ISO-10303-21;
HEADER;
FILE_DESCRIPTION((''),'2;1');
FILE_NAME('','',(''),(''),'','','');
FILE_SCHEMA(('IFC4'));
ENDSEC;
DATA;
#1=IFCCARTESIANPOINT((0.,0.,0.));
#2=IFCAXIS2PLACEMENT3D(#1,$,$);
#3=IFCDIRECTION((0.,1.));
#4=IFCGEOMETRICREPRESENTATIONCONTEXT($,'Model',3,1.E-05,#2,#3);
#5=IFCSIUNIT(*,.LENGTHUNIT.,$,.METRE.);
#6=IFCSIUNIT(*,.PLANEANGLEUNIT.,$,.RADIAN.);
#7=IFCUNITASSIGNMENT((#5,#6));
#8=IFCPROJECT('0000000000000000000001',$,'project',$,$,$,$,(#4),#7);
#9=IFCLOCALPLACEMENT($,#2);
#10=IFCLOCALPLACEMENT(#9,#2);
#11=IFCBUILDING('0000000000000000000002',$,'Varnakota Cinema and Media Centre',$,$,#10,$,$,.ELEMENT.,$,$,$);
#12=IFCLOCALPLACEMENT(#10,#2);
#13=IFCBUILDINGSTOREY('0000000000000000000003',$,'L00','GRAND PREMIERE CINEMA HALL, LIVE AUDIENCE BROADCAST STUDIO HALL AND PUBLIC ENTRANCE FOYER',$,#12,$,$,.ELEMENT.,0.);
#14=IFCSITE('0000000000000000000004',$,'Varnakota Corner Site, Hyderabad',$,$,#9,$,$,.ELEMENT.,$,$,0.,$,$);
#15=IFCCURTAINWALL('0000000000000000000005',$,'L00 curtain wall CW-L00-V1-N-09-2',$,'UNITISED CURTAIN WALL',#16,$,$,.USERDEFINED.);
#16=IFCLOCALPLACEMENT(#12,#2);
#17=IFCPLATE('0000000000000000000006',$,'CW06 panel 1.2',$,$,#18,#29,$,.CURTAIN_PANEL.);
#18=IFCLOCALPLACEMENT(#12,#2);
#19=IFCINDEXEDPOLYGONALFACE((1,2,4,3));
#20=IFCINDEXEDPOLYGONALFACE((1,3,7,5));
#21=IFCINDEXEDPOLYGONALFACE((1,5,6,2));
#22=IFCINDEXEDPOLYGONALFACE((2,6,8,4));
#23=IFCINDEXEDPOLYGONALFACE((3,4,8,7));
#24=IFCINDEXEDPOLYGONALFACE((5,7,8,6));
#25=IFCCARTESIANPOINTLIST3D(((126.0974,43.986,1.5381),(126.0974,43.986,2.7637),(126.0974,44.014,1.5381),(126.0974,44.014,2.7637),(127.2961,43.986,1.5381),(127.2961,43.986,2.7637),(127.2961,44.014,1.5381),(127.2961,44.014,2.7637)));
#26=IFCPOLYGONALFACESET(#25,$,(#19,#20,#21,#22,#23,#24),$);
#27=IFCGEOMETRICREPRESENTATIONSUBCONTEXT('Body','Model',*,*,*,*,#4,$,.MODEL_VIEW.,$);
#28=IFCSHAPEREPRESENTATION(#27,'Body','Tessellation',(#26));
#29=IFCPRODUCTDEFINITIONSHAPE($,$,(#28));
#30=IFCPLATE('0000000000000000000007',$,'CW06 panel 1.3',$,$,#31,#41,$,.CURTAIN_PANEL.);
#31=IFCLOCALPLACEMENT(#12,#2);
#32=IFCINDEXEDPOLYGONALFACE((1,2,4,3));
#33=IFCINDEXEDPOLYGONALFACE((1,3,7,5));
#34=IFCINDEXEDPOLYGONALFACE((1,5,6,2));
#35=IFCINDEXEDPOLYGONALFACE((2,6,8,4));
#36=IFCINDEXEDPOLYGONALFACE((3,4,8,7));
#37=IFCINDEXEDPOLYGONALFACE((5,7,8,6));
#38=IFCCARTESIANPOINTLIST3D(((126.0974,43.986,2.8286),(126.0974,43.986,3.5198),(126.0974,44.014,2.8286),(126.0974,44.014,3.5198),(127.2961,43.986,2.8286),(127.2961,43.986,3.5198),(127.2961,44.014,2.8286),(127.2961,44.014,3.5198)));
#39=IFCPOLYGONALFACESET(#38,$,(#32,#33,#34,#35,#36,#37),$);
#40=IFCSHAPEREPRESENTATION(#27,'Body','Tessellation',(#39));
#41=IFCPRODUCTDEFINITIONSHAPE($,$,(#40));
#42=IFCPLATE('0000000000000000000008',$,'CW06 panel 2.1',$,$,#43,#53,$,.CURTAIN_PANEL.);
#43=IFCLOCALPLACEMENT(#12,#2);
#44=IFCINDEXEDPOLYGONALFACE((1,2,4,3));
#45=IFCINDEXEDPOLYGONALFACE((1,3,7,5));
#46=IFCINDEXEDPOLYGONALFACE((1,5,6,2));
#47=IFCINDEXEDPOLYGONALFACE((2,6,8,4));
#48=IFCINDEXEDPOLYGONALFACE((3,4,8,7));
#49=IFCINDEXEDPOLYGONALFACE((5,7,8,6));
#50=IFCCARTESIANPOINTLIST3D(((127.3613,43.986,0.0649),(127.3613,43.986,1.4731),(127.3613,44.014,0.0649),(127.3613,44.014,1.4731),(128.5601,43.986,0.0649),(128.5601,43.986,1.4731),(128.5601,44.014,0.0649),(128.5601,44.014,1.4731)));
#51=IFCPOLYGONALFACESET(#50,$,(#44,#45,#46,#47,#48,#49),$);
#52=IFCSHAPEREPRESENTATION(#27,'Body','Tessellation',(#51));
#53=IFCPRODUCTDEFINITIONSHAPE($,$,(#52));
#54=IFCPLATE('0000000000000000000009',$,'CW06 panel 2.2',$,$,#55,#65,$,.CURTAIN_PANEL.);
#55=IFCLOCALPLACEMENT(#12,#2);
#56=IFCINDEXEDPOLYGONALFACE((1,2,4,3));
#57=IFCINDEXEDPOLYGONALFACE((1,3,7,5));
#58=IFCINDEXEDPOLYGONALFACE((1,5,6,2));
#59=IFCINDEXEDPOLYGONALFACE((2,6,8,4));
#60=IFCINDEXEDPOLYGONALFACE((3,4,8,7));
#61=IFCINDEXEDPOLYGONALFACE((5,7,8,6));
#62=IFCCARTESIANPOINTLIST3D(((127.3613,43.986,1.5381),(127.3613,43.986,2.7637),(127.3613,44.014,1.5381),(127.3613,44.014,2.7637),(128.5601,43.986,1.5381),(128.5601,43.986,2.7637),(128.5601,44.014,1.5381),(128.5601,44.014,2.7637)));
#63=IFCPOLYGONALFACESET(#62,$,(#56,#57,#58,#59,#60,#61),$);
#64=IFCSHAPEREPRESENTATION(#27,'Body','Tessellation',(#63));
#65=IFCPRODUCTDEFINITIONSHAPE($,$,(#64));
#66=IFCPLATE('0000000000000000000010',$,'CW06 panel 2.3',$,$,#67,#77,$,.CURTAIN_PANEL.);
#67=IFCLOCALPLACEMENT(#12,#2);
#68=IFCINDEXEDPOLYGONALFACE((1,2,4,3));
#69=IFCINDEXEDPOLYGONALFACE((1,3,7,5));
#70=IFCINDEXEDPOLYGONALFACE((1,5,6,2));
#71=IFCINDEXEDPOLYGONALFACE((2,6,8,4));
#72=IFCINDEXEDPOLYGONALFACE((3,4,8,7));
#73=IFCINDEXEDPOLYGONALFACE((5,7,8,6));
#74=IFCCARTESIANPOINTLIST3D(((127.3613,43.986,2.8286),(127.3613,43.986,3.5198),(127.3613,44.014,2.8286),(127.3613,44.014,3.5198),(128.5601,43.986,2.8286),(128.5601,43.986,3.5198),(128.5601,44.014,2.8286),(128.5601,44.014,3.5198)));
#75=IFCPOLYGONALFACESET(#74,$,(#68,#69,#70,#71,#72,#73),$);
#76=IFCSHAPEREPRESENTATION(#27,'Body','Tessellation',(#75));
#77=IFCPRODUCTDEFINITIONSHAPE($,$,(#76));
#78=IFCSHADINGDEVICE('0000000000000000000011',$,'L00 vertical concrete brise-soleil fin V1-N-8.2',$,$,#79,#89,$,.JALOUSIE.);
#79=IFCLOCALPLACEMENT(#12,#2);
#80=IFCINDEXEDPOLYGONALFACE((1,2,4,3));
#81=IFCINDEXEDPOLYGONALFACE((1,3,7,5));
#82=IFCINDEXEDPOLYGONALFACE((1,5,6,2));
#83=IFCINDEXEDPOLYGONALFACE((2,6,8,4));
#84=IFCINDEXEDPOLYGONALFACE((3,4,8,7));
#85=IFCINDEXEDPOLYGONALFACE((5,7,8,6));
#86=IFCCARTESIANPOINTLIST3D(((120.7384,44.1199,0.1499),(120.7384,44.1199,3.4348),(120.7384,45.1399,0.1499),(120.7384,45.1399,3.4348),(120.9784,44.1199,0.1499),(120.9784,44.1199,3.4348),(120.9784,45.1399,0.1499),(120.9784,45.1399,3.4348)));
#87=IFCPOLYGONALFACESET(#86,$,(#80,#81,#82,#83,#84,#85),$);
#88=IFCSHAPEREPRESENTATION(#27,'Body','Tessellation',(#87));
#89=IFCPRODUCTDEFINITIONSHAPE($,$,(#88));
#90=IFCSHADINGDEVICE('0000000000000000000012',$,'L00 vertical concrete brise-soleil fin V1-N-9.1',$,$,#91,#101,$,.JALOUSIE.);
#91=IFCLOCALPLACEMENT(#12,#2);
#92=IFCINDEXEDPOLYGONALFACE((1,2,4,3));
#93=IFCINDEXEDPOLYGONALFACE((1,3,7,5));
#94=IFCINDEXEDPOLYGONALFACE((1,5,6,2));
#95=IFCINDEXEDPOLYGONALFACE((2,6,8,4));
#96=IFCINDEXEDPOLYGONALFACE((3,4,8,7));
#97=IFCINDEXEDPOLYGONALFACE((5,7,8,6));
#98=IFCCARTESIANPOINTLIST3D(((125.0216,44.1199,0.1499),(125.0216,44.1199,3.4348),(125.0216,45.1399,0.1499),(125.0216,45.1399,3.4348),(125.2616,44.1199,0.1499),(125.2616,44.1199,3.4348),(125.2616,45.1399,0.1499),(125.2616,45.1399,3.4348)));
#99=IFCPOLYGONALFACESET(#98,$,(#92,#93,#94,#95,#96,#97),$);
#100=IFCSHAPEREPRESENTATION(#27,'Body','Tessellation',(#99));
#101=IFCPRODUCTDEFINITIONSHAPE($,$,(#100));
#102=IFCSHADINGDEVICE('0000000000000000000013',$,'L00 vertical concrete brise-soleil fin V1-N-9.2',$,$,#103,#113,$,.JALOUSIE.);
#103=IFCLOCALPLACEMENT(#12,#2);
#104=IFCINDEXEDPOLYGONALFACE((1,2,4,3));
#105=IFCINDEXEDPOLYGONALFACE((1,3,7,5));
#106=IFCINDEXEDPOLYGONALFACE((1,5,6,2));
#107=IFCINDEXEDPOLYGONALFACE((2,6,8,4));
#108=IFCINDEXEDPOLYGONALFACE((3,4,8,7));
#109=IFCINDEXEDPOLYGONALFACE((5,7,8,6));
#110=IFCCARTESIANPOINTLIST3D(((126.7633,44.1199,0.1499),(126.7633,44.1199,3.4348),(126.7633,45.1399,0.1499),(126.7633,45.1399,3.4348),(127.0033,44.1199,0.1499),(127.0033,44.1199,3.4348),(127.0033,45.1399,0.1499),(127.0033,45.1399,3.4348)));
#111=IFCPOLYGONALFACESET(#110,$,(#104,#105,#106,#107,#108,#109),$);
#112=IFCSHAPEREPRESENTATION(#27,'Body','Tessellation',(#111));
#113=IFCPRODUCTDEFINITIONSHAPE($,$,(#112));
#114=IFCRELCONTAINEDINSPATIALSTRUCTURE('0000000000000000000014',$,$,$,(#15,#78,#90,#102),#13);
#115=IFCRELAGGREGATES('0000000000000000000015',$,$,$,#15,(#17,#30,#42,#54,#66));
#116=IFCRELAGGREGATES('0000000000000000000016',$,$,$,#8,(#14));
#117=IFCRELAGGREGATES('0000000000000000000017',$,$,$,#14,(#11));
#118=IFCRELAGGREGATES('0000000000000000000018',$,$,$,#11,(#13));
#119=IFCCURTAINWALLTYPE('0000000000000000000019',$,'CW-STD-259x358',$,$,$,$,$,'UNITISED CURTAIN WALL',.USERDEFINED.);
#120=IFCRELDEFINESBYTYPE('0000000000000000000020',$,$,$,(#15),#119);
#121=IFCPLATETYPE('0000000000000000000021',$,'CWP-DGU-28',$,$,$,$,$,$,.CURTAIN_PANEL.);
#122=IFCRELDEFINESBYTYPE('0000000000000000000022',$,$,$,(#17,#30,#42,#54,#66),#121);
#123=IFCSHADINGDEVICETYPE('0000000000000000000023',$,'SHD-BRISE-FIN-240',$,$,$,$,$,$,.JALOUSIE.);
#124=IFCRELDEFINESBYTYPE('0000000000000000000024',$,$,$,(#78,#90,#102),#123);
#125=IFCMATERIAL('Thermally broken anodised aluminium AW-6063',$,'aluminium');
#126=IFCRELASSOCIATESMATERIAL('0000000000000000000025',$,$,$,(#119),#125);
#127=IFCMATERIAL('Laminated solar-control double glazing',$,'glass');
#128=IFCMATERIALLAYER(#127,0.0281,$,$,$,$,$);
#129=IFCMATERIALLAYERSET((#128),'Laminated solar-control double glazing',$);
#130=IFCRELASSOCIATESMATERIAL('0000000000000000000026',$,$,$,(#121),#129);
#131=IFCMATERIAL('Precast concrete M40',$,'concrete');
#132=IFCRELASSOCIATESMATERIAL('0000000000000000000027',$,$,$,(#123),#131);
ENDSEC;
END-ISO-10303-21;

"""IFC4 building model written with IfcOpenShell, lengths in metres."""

from ifc_helpers import new_model, si_unit, direction, frame, origin, origin_2d, place, context, subcontext, project, spatial, rectangle, extrude, material, layer, layer_set, type_object, element, aggregate, save


model = new_model("IFC4")

# Units and contexts
model_context = context("Model", 3, precision=1e-05, world=origin(), true_north=direction((0.0, 1.0)))
body_context = subcontext(model_context, "Body", "Model", "MODEL_VIEW")
ifc_project = project(units=[si_unit("LENGTHUNIT", "METRE"), si_unit("PLANEANGLEUNIT", "RADIAN")], contexts=[model_context])

# Site, building, storey
site_placement = place(None, origin())
site = spatial("IfcSite", under=ifc_project, at=site_placement, Name="Varnakota Corner Site, Hyderabad", CompositionType="ELEMENT", RefElevation=0.0)
building_placement = place(site_placement, origin())
building = spatial("IfcBuilding", under=site, at=building_placement, Name="Varnakota Cinema and Media Centre", CompositionType="ELEMENT")
storey_placement = place(building_placement, origin())
storey = spatial("IfcBuildingStorey", under=building, at=storey_placement, Name="L00", Description="GRAND PREMIERE CINEMA HALL, LIVE AUDIENCE BROADCAST STUDIO HALL AND PUBLIC ENTRANCE FOYER", CompositionType="ELEMENT", Elevation=0.0)

# Shared definitions
ifc_material_1 = material(Name="Thermally broken anodised aluminium AW-6063", Category="aluminium")
curtain_wall_type = type_object("IfcCurtainWallType", Name="CW-STD-259x358", ElementType="UNITISED CURTAIN WALL", PredefinedType="USERDEFINED", material=ifc_material_1)

# Curtain wall
curtain_wall_1_placement = place(storey_placement, origin())
curtain_wall_1 = element("IfcCurtainWall", 1, at=curtain_wall_1_placement, inside=storey, type_object=curtain_wall_type, Name="L00 curtain wall CW-L00-V1-N-09-2", ObjectType="UNITISED CURTAIN WALL", PredefinedType="USERDEFINED")

# Plates
ifc_material_2 = material(Name="Laminated solar-control double glazing", Category="glass")
ifc_layer = layer(ifc_material_2, 0.0281)
ifc_layer_set = layer_set([ifc_layer], Name="Laminated solar-control double glazing")
plate_type = type_object("IfcPlateType", Name="CWP-DGU-28", PredefinedType="CURTAIN_PANEL", material=ifc_layer_set)
plate_1_placement = place(storey_placement, frame((126.6968, 44.0, 1.5381), z_axis=(0.0, 0.0, 1.0), x_axis=(1.0, 0.0, 0.0)))
plate_1 = element("IfcPlate", 2, at=plate_1_placement, type_object=plate_type, Name="CW06 panel 1.2", PredefinedType="CURTAIN_PANEL", context=body_context, shape_type="SweptSolid", body=[
    extrude(rectangle(XDim=1.1987, YDim=0.0281, at=origin_2d()), origin(), (0.0, 0.0, 1.0), 1.2256),
])
plate_2_placement = place(storey_placement, frame((126.6968, 44.0, 2.8286), z_axis=(0.0, 0.0, 1.0), x_axis=(1.0, 0.0, 0.0)))
plate_2 = element("IfcPlate", 3, at=plate_2_placement, type_object=plate_type, Name="CW06 panel 1.3", PredefinedType="CURTAIN_PANEL", context=body_context, shape_type="SweptSolid", body=[
    extrude(rectangle(XDim=1.1987, YDim=0.0281, at=origin_2d()), origin(), (0.0, 0.0, 1.0), 0.6912),
])
plate_3_placement = place(storey_placement, frame((127.9607, 44.0, 0.0649), z_axis=(0.0, 0.0, 1.0), x_axis=(1.0, 0.0, 0.0)))
plate_3 = element("IfcPlate", 4, at=plate_3_placement, type_object=plate_type, Name="CW06 panel 2.1", PredefinedType="CURTAIN_PANEL", context=body_context, shape_type="SweptSolid", body=[
    extrude(rectangle(XDim=1.1987, YDim=0.0281, at=origin_2d()), origin(), (0.0, 0.0, 1.0), 1.4082),
])
plate_4_placement = place(storey_placement, frame((127.9607, 44.0, 1.5381), z_axis=(0.0, 0.0, 1.0), x_axis=(1.0, 0.0, 0.0)))
plate_4 = element("IfcPlate", 5, at=plate_4_placement, type_object=plate_type, Name="CW06 panel 2.2", PredefinedType="CURTAIN_PANEL", context=body_context, shape_type="SweptSolid", body=[
    extrude(rectangle(XDim=1.1987, YDim=0.0281, at=origin_2d()), origin(), (0.0, 0.0, 1.0), 1.2256),
])
plate_5_placement = place(storey_placement, frame((127.9607, 44.0, 2.8286), z_axis=(0.0, 0.0, 1.0), x_axis=(1.0, 0.0, 0.0)))
plate_5 = element("IfcPlate", 6, at=plate_5_placement, type_object=plate_type, Name="CW06 panel 2.3", PredefinedType="CURTAIN_PANEL", context=body_context, shape_type="SweptSolid", body=[
    extrude(rectangle(XDim=1.1987, YDim=0.0281, at=origin_2d()), origin(), (0.0, 0.0, 1.0), 0.6912),
])
aggregate(curtain_wall_1, [plate_1, plate_2, plate_3, plate_4, plate_5])

# Shading devices
ifc_material_3 = material(Name="Precast concrete M40", Category="concrete")
shading_device_type = type_object("IfcShadingDeviceType", Name="SHD-BRISE-FIN-240", PredefinedType="JALOUSIE", material=ifc_material_3)
for number, where, z_axis, x_axis, name in (
    (7, (120.8584, 44.6299, 0.1499), (0.0, 0.0, 1.0), (1.0, 0.0, 0.0), "L00 vertical concrete brise-soleil fin V1-N-8.2"),
    (8, (125.1416, 44.6299, 0.1499), (0.0, 0.0, 1.0), (1.0, 0.0, 0.0), "L00 vertical concrete brise-soleil fin V1-N-9.1"),
    (9, (126.8833, 44.6299, 0.1499), (0.0, 0.0, 1.0), (1.0, 0.0, 0.0), "L00 vertical concrete brise-soleil fin V1-N-9.2"),
):
    element("IfcShadingDevice", number, at=place(storey_placement, frame(where, z_axis=z_axis, x_axis=x_axis)), inside=storey, type_object=shading_device_type, Name=name, PredefinedType="JALOUSIE", context=body_context, shape_type="SweptSolid", body=[
        extrude(rectangle(XDim=0.24, YDim=1.02, at=origin_2d()), origin(), (0.0, 0.0, 1.0), 3.2849),
    ])

save(model, "model.ifc")
